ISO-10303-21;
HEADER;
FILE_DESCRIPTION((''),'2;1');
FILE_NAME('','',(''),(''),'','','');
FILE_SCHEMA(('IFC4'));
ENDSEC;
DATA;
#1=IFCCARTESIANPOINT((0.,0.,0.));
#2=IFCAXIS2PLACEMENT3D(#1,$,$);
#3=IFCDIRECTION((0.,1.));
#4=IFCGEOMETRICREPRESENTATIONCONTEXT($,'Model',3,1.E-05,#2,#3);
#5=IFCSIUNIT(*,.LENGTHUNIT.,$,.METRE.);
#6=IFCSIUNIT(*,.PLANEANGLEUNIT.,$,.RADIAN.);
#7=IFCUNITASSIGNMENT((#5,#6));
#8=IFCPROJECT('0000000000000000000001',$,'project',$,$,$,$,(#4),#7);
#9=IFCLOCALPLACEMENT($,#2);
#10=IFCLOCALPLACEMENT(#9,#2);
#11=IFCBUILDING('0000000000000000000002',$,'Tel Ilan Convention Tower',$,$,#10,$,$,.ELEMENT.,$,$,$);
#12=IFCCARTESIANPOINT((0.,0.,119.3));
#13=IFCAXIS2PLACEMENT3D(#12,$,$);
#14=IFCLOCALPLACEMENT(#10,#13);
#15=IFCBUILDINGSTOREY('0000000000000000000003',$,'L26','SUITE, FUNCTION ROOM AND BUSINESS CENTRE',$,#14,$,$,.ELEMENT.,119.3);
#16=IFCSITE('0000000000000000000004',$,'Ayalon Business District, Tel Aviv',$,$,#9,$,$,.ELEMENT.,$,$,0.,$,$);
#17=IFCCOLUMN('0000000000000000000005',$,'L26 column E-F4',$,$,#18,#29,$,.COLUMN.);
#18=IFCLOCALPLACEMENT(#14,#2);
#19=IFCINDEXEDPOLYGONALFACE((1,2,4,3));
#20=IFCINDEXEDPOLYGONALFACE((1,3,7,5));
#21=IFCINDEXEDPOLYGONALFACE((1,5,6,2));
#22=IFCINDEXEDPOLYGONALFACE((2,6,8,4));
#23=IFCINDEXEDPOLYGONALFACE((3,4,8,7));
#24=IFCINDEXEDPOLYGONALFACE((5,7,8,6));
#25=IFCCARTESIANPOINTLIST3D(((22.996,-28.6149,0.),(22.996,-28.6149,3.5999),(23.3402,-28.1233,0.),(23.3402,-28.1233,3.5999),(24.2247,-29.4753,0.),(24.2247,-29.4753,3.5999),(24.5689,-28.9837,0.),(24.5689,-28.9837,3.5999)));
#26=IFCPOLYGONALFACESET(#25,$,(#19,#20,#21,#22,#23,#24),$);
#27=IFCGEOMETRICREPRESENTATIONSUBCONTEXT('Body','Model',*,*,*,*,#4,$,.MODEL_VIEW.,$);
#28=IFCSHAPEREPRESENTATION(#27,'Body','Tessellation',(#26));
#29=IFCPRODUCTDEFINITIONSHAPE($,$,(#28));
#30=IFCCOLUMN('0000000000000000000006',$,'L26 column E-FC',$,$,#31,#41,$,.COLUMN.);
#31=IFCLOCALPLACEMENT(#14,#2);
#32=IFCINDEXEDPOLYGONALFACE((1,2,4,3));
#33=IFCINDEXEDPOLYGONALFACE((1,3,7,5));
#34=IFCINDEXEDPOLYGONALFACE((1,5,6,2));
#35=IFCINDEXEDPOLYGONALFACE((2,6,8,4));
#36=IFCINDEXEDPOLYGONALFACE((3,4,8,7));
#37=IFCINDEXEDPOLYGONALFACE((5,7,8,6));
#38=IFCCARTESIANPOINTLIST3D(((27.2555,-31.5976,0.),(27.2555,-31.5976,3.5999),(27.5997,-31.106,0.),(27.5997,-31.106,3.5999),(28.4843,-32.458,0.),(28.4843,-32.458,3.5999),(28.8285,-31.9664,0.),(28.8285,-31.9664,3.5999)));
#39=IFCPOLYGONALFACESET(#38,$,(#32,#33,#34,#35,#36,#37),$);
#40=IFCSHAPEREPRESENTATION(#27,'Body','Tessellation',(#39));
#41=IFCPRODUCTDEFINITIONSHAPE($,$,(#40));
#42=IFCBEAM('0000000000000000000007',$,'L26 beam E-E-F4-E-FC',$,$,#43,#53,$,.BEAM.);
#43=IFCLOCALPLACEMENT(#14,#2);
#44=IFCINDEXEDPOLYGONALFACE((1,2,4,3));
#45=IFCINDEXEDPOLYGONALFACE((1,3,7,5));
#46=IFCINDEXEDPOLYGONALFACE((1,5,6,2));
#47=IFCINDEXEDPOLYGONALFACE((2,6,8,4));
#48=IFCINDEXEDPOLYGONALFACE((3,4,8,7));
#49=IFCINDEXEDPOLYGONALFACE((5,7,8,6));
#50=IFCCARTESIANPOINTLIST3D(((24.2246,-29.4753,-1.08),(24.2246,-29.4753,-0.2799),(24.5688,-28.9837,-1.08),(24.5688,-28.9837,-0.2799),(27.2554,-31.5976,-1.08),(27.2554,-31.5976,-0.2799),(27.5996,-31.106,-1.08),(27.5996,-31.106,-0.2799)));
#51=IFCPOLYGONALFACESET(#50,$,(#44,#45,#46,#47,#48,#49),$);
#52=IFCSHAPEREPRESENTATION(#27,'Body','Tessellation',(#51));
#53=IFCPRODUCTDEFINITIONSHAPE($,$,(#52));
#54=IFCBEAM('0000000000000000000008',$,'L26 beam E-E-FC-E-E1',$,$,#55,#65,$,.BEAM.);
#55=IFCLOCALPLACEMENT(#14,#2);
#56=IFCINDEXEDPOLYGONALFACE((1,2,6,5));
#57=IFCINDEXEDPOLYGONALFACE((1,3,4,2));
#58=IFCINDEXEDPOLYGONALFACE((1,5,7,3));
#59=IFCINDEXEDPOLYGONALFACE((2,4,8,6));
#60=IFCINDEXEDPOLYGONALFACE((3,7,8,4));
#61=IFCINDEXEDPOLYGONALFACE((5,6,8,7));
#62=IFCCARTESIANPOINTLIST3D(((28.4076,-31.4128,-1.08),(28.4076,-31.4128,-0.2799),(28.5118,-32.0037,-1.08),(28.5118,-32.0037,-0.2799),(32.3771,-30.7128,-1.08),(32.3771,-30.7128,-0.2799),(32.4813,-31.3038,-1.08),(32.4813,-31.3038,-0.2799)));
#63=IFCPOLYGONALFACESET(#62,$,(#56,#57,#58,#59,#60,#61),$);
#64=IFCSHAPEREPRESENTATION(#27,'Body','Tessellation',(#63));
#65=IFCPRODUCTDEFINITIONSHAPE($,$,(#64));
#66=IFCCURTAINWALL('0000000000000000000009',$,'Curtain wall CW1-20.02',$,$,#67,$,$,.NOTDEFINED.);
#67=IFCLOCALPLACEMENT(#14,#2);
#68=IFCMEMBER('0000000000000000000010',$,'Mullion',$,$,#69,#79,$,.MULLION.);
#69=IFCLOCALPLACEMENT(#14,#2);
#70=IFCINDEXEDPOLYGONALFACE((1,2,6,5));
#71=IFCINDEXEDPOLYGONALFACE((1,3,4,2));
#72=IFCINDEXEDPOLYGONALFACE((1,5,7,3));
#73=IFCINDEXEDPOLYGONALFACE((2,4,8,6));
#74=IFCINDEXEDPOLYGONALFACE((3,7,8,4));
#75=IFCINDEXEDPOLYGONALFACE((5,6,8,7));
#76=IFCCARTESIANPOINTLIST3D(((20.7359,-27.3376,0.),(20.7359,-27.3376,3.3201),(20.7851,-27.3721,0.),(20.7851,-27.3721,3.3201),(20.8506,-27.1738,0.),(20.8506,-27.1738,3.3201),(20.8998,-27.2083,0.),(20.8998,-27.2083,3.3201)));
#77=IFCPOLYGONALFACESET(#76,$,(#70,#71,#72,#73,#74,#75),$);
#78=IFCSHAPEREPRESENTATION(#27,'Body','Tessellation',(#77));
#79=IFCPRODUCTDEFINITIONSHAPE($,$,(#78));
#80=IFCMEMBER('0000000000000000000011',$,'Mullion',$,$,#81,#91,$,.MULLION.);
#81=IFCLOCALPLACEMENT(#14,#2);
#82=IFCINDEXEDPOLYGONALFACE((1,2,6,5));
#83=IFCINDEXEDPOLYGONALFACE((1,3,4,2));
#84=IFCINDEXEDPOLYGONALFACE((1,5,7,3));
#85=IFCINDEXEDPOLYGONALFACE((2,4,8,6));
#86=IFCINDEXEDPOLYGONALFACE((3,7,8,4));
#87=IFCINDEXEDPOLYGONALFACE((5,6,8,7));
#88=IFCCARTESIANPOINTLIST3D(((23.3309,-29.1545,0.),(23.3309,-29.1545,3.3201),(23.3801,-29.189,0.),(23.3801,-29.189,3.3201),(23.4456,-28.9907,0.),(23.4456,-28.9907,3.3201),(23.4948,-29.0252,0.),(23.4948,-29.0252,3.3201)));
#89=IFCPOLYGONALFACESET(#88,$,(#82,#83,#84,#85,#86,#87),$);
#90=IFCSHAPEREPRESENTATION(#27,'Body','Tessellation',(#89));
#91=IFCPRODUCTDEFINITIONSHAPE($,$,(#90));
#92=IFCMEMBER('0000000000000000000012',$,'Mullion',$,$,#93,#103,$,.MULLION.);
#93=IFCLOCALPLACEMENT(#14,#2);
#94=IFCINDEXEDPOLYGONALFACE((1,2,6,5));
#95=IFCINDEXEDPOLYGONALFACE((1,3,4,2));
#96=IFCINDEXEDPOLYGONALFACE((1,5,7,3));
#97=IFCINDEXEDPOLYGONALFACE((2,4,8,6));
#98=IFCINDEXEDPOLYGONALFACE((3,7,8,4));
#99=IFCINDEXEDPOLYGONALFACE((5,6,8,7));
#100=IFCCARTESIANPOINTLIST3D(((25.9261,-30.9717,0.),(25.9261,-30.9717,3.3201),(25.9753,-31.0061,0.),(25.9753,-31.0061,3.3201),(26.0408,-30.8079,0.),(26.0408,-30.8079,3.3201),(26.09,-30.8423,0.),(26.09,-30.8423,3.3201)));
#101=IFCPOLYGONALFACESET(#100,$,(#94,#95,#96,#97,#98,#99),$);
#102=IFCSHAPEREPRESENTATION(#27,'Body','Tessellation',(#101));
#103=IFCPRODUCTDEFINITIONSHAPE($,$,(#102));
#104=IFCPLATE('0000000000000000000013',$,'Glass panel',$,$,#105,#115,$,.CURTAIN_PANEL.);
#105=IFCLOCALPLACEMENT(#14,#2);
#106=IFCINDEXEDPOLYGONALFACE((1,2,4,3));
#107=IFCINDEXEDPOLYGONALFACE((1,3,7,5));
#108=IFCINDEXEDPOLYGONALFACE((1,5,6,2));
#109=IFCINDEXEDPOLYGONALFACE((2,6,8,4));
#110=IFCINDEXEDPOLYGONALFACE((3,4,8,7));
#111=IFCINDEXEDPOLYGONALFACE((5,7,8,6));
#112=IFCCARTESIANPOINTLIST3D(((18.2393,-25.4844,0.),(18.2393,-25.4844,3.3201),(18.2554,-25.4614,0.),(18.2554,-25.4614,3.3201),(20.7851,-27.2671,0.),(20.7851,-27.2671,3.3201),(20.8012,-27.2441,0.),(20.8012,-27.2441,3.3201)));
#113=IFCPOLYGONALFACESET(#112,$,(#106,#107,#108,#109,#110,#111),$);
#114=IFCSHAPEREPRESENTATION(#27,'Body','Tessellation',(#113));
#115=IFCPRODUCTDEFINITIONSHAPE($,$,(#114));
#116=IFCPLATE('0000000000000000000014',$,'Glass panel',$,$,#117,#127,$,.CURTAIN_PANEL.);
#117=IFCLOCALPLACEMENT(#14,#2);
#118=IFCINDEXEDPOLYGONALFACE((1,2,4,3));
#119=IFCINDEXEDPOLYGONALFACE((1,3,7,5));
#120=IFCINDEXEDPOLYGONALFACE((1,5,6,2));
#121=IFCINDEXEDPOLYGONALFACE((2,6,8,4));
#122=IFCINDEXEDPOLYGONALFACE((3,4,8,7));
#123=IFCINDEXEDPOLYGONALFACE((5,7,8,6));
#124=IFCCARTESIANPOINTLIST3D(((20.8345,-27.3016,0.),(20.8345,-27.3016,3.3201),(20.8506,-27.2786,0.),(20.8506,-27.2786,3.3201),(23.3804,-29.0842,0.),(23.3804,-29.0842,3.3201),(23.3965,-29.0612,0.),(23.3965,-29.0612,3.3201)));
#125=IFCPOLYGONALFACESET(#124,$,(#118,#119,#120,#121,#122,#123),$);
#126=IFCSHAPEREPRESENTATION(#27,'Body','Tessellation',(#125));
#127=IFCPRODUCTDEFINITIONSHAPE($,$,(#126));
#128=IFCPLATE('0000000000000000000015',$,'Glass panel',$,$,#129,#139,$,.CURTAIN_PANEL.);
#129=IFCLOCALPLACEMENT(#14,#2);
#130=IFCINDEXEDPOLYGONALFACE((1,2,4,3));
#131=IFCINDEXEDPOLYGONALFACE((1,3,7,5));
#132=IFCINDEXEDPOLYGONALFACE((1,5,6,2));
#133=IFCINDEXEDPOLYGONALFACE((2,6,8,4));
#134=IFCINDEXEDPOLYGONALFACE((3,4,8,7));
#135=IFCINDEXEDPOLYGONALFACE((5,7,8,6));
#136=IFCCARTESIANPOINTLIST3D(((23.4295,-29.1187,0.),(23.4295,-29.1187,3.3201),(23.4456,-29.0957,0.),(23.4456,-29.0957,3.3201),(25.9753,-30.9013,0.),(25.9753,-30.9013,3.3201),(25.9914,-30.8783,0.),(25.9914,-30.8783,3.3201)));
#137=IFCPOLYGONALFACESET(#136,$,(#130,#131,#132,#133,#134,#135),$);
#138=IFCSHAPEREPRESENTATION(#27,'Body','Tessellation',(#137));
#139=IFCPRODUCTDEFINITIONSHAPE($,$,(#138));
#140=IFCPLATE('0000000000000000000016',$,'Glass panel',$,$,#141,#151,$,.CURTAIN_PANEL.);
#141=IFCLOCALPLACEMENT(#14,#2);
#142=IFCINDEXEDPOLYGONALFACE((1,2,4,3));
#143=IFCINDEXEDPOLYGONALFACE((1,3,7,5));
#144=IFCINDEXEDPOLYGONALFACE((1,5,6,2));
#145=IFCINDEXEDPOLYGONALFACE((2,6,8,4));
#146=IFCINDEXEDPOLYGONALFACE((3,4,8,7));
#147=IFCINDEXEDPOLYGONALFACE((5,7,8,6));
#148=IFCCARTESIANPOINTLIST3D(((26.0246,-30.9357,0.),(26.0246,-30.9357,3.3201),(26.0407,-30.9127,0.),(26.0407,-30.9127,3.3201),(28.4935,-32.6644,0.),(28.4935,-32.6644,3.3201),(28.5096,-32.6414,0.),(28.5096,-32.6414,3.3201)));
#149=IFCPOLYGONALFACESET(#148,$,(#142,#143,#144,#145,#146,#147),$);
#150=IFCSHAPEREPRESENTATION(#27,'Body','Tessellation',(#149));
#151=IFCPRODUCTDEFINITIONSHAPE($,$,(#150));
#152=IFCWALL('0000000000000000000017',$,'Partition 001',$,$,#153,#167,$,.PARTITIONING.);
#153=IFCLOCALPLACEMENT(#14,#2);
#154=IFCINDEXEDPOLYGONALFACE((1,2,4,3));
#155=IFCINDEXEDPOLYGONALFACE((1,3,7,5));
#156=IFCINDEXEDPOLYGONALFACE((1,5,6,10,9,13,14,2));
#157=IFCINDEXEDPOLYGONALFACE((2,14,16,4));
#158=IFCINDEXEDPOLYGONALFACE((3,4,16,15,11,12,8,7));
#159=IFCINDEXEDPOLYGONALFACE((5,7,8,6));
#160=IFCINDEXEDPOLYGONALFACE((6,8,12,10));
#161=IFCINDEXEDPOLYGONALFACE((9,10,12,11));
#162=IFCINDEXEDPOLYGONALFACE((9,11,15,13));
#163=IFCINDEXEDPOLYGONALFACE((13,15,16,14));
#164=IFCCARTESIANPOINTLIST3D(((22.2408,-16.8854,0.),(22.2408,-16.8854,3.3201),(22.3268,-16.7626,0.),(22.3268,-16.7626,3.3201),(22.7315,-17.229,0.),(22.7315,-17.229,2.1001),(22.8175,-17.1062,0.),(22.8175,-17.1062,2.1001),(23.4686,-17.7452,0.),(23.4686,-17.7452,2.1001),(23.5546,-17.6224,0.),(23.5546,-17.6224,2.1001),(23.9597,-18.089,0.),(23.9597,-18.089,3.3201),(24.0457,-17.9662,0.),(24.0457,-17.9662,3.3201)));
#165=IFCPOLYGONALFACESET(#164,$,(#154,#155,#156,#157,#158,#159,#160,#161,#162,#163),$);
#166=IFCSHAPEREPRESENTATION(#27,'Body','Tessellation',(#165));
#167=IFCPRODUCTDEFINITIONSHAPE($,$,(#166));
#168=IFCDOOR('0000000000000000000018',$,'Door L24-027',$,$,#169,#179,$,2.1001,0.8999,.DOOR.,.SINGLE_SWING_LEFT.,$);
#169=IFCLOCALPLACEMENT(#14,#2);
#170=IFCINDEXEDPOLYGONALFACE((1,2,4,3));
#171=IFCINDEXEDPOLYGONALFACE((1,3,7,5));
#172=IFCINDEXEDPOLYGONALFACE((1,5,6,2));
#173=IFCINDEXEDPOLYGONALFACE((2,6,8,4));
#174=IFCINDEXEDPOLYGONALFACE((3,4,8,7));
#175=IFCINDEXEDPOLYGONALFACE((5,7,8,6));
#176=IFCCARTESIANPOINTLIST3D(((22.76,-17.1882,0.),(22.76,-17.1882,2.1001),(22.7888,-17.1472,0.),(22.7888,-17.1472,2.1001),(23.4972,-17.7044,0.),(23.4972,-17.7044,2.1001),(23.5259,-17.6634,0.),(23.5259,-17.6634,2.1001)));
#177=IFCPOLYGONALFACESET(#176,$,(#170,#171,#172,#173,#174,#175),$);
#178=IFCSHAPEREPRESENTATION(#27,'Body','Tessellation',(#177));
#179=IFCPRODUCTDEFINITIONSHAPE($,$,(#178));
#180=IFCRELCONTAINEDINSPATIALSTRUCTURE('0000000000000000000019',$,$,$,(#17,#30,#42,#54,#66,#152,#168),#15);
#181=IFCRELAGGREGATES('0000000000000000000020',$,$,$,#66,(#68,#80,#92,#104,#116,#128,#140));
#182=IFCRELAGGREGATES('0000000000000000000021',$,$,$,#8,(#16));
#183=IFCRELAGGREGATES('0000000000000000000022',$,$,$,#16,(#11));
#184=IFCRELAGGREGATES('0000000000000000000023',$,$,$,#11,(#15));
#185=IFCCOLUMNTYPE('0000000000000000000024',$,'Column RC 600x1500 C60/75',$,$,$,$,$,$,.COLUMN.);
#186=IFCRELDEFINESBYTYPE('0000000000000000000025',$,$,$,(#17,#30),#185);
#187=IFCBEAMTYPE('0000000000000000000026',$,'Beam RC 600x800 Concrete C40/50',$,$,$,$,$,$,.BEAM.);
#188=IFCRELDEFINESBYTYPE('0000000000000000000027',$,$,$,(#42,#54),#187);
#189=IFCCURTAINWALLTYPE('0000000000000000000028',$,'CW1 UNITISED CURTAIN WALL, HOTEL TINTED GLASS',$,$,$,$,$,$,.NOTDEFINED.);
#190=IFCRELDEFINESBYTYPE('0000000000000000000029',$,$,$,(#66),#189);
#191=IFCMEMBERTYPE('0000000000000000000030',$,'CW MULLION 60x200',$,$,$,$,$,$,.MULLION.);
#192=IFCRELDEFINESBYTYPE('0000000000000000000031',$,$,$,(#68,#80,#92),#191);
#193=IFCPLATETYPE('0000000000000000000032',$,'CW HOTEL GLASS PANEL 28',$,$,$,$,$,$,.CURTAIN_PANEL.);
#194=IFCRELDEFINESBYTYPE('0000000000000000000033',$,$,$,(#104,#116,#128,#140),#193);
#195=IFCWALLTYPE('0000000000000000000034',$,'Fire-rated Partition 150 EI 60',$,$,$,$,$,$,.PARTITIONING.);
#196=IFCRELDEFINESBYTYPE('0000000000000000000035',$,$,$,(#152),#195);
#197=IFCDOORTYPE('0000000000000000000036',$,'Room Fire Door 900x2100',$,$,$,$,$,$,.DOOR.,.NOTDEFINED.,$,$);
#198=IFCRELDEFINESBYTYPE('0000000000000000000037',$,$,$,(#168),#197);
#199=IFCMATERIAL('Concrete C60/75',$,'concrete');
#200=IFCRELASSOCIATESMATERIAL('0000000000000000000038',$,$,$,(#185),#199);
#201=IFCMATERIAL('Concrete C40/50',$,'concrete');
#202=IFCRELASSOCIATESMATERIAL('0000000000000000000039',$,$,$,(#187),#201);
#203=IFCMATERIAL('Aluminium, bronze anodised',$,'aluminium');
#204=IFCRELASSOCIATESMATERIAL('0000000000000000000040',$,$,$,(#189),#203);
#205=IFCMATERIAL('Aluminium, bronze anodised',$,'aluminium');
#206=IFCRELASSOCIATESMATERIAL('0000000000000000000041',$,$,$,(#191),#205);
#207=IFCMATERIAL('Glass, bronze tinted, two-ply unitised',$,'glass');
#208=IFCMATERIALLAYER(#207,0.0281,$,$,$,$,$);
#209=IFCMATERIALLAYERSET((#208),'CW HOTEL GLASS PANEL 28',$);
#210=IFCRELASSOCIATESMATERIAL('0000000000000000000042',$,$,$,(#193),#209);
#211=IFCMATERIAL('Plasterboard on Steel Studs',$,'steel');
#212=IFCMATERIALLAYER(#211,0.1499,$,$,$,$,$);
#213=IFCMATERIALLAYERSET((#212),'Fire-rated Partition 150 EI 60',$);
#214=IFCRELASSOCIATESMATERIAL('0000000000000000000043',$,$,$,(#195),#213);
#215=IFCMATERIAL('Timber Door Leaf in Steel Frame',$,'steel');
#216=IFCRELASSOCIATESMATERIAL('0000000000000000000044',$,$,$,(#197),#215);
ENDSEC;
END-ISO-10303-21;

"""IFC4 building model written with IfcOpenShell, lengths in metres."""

from ifc_helpers import new_model, si_unit, direction, frame, frame_2d, origin, origin_2d, place, context, subcontext, project, spatial, rectangle, extrude, material, layer, layer_set, material_profile, profile_set, type_object, element, fill, aggregate, save


model = new_model("IFC4")

# Units and contexts
model_context = context("Model", 3, precision=1e-05, world=origin(), true_north=direction((0.0, 1.0)))
body_context = subcontext(model_context, "Body", "Model", "MODEL_VIEW")
ifc_project = project(units=[si_unit("LENGTHUNIT", "METRE"), si_unit("PLANEANGLEUNIT", "RADIAN")], contexts=[model_context])

# Site, building, storey
site_placement = place(None, origin())
site = spatial("IfcSite", under=ifc_project, at=site_placement, Name="Ayalon Business District, Tel Aviv", CompositionType="ELEMENT", RefElevation=0.0)
building_placement = place(site_placement, origin())
building = spatial("IfcBuilding", under=site, at=building_placement, Name="Tel Ilan Convention Tower", CompositionType="ELEMENT")
storey_placement = place(building_placement, frame((0.0, 0.0, 119.3)))
storey = spatial("IfcBuildingStorey", under=building, at=storey_placement, Name="L26", Description="SUITE, FUNCTION ROOM AND BUSINESS CENTRE", CompositionType="ELEMENT", Elevation=119.3)

# Columns
ifc_material_1 = material(Name="Concrete C60/75", Category="concrete")
ifc_material_profile_1 = material_profile(ifc_material_1, rectangle(XDim=1.5, YDim=0.6001, at=origin_2d()), Name="RC 600x1500")
ifc_profile_set_1 = profile_set([ifc_material_profile_1], Name="Concrete C60/75")
column_type = type_object("IfcColumnType", Name="Column RC 600x1500 C60/75", PredefinedType="COLUMN", material=ifc_profile_set_1)
for number, where, z_axis, x_axis, name in (
    (1, (23.7825, -28.7993, 0.0), (0.0, 0.0, 1.0), (0.819152, -0.573576, 0.0), "L26 column E-F4"),
    (2, (28.042, -31.782, 0.0), (0.0, 0.0, 1.0), (0.819152, -0.573576, 0.0), "L26 column E-FC"),
):
    element("IfcColumn", number, at=place(storey_placement, frame(where, z_axis=z_axis, x_axis=x_axis)), inside=storey, type_object=column_type, Name=name, PredefinedType="COLUMN", context=body_context, shape_type="SweptSolid", body=[
        extrude(rectangle(XDim=1.5, YDim=0.6001, at=origin_2d()), origin(), (0.0, 0.0, 1.0), 3.5999),
    ])

# Beams
ifc_material_2 = material(Name="Concrete C40/50", Category="concrete")
ifc_material_profile_2 = material_profile(ifc_material_2, rectangle(XDim=0.6001, YDim=0.8, at=origin_2d()), Name="RC 600x800")
ifc_profile_set_2 = profile_set([ifc_material_profile_2], Name="Concrete C40/50")
beam_type = type_object("IfcBeamType", Name="Beam RC 600x800 Concrete C40/50", PredefinedType="BEAM", material=ifc_profile_set_2)
beam_1_placement = place(storey_placement, frame((24.3967, -29.2295, -0.6799), z_axis=(0.819133, -0.573604, 0.0), x_axis=(0.573604, 0.819133, 0.0)))
element("IfcBeam", 3, at=beam_1_placement, inside=storey, type_object=beam_type, Name="L26 beam E-E-F4-E-FC", PredefinedType="BEAM", context=body_context, shape_type="SweptSolid", body=[
    extrude(rectangle(XDim=0.6001, YDim=0.8, at=origin_2d()), origin(), (0.0, 0.0, 1.0), 3.7),
])
beam_2_placement = place(storey_placement, frame((28.4597, -31.7083, -0.6799), z_axis=(0.984807, 0.173654, 0.0), x_axis=(-0.173654, 0.984807, 0.0)))
element("IfcBeam", 4, at=beam_2_placement, inside=storey, type_object=beam_type, Name="L26 beam E-E-FC-E-E1", PredefinedType="BEAM", context=body_context, shape_type="SweptSolid", body=[
    extrude(rectangle(XDim=0.6001, YDim=0.8, at=origin_2d()), origin(), (0.0, 0.0, 1.0), 4.0308),
])

# Curtain wall, members, plates
ifc_material_3 = material(Name="Aluminium, bronze anodised", Category="aluminium")
curtain_wall_type = type_object("IfcCurtainWallType", Name="CW1 UNITISED CURTAIN WALL, HOTEL TINTED GLASS", PredefinedType="NOTDEFINED", material=ifc_material_3)
curtain_wall_placement = place(storey_placement, origin())
curtain_wall = element("IfcCurtainWall", 5, at=curtain_wall_placement, inside=storey, type_object=curtain_wall_type, Name="Curtain wall CW1-20.02", PredefinedType="NOTDEFINED")
ifc_material_4 = material(Name="Aluminium, bronze anodised", Category="aluminium")
ifc_material_profile_3 = material_profile(ifc_material_4, rectangle(XDim=0.0601, YDim=0.2, at=origin_2d()), Name="CW MULLION 60x200")
ifc_profile_set_3 = profile_set([ifc_material_profile_3], Name="Aluminium, bronze anodised")
member_type = type_object("IfcMemberType", Name="CW MULLION 60x200", PredefinedType="MULLION", material=ifc_profile_set_3)
member_1_placement = place(storey_placement, frame((20.8179, -27.2729, 0.0), z_axis=(0.0, 0.0, 1.0), x_axis=(0.819152, -0.573576, 0.0)))
member_1 = element("IfcMember", 6, at=member_1_placement, type_object=member_type, Name="Mullion", PredefinedType="MULLION", context=body_context, shape_type="SweptSolid", body=[
    extrude(rectangle(XDim=0.0601, YDim=0.2, at=origin_2d()), origin(), (0.0, 0.0, 1.0), 3.3201),
])
member_2_placement = place(storey_placement, frame((23.4128, -29.0898, 0.0), z_axis=(0.0, 0.0, 1.0), x_axis=(0.819152, -0.573576, 0.0)))
member_2 = element("IfcMember", 7, at=member_2_placement, type_object=member_type, Name="Mullion", PredefinedType="MULLION", context=body_context, shape_type="SweptSolid", body=[
    extrude(rectangle(XDim=0.0601, YDim=0.2, at=origin_2d()), origin(), (0.0, 0.0, 1.0), 3.3201),
])
member_3_placement = place(storey_placement, frame((26.0081, -30.907, 0.0), z_axis=(0.0, 0.0, 1.0), x_axis=(0.819152, -0.573576, 0.0)))
member_3 = element("IfcMember", 8, at=member_3_placement, type_object=member_type, Name="Mullion", PredefinedType="MULLION", context=body_context, shape_type="SweptSolid", body=[
    extrude(rectangle(XDim=0.0601, YDim=0.2, at=origin_2d()), origin(), (0.0, 0.0, 1.0), 3.3201),
])
ifc_material_5 = material(Name="Glass, bronze tinted, two-ply unitised", Category="glass")
ifc_layer_1 = layer(ifc_material_5, 0.0281)
ifc_layer_set_1 = layer_set([ifc_layer_1], Name="CW HOTEL GLASS PANEL 28")
plate_type = type_object("IfcPlateType", Name="CW HOTEL GLASS PANEL 28", PredefinedType="CURTAIN_PANEL", material=ifc_layer_set_1)
plate_1_placement = place(storey_placement, frame((19.5203, -26.3643, 0.0), z_axis=(0.0, 0.0, 1.0), x_axis=(0.819152, -0.573576, 0.0)))
plate_1 = element("IfcPlate", 9, at=plate_1_placement, type_object=plate_type, Name="Glass panel", PredefinedType="CURTAIN_PANEL", context=body_context, shape_type="SweptSolid", body=[
    extrude(rectangle(XDim=3.1079, YDim=0.0281, at=origin_2d()), origin(), (0.0, 0.0, 1.0), 3.3201),
])
plate_2_placement = place(storey_placement, frame((22.1155, -28.1814, 0.0), z_axis=(0.0, 0.0, 1.0), x_axis=(0.819152, -0.573576, 0.0)))
plate_2 = element("IfcPlate", 10, at=plate_2_placement, type_object=plate_type, Name="Glass panel", PredefinedType="CURTAIN_PANEL", context=body_context, shape_type="SweptSolid", body=[
    extrude(rectangle(XDim=3.1079, YDim=0.0281, at=origin_2d()), origin(), (0.0, 0.0, 1.0), 3.3201),
])
plate_3_placement = place(storey_placement, frame((24.7104, -29.9985, 0.0), z_axis=(0.0, 0.0, 1.0), x_axis=(0.819152, -0.573576, 0.0)))
plate_3 = element("IfcPlate", 11, at=plate_3_placement, type_object=plate_type, Name="Glass panel", PredefinedType="CURTAIN_PANEL", context=body_context, shape_type="SweptSolid", body=[
    extrude(rectangle(XDim=3.1079, YDim=0.0281, at=origin_2d()), origin(), (0.0, 0.0, 1.0), 3.3201),
])
plate_4_placement = place(storey_placement, frame((27.2671, -31.7886, 0.0), z_axis=(0.0, 0.0, 1.0), x_axis=(0.819152, -0.573576, 0.0)))
plate_4 = element("IfcPlate", 12, at=plate_4_placement, type_object=plate_type, Name="Glass panel", PredefinedType="CURTAIN_PANEL", context=body_context, shape_type="SweptSolid", body=[
    extrude(rectangle(XDim=3.0139, YDim=0.0281, at=origin_2d()), origin(), (0.0, 0.0, 1.0), 3.3201),
])
aggregate(curtain_wall, [member_1, member_2, member_3, plate_1, plate_2, plate_3, plate_4])

# Wall, opening, door
ifc_material_6 = material(Name="Plasterboard on Steel Studs", Category="steel")
ifc_layer_2 = layer(ifc_material_6, 0.1499)
ifc_layer_set_2 = layer_set([ifc_layer_2], Name="Fire-rated Partition 150 EI 60")
wall_type_1 = type_object("IfcWallType", Name="Fire-rated Partition 150 EI 60", PredefinedType="PARTITIONING", material=ifc_layer_set_2)
wall_1_placement = place(storey_placement, frame((22.2837, -16.824, 0.0), z_axis=(0.0, 0.0, 1.0), x_axis=(0.819161, -0.573564, 0.0)))
wall_1 = element("IfcWall", 13, at=wall_1_placement, inside=storey, type_object=wall_type_1, Name="Partition 001", PredefinedType="PARTITIONING", context=body_context, shape_type="SweptSolid", body=[
    extrude(rectangle(XDim=2.0984, YDim=0.1499, at=frame_2d((1.0493, 0.0))), origin(), (0.0, 0.0, 1.0), 3.3201),
])
opening_1_placement = place(wall_1_placement, frame((0.5991, 0.0, 0.0)))
opening_1 = element("IfcOpeningElement", 14, at=opening_1_placement, cuts=wall_1, PredefinedType="OPENING", context=body_context, shape_type="SweptSolid", body=[
    extrude(rectangle(XDim=0.8999, YDim=2.1001, at=frame_2d((0.45, 1.05))), frame((0.0, 0.085, 0.0), z_axis=(0.0, -1.0, 0.0), x_axis=(1.0, 0.0, 0.0)), (0.0, 0.0, 1.0), 0.1699),
])
ifc_material_7 = material(Name="Timber Door Leaf in Steel Frame", Category="steel")
door_type_1 = type_object("IfcDoorType", Name="Room Fire Door 900x2100", OperationType="NOTDEFINED", PredefinedType="DOOR", material=ifc_material_7)
door_1_placement = place(opening_1_placement, origin())
door_1 = element("IfcDoor", 15, at=door_1_placement, inside=storey, type_object=door_type_1, Name="Door L24-027", OperationType="SINGLE_SWING_LEFT", OverallHeight=2.1001, OverallWidth=0.8999, PredefinedType="DOOR", context=body_context, shape_type="SweptSolid", body=[
    extrude(rectangle(XDim=0.8999, YDim=2.1001, at=frame_2d((0.45, 1.05))), frame((0.0, 0.0249, 0.0), z_axis=(0.0, -1.0, 0.0), x_axis=(1.0, 0.0, 0.0)), (0.0, 0.0, 1.0), 0.05),
])
fill(opening_1, door_1)

save(model, "model.ifc")
